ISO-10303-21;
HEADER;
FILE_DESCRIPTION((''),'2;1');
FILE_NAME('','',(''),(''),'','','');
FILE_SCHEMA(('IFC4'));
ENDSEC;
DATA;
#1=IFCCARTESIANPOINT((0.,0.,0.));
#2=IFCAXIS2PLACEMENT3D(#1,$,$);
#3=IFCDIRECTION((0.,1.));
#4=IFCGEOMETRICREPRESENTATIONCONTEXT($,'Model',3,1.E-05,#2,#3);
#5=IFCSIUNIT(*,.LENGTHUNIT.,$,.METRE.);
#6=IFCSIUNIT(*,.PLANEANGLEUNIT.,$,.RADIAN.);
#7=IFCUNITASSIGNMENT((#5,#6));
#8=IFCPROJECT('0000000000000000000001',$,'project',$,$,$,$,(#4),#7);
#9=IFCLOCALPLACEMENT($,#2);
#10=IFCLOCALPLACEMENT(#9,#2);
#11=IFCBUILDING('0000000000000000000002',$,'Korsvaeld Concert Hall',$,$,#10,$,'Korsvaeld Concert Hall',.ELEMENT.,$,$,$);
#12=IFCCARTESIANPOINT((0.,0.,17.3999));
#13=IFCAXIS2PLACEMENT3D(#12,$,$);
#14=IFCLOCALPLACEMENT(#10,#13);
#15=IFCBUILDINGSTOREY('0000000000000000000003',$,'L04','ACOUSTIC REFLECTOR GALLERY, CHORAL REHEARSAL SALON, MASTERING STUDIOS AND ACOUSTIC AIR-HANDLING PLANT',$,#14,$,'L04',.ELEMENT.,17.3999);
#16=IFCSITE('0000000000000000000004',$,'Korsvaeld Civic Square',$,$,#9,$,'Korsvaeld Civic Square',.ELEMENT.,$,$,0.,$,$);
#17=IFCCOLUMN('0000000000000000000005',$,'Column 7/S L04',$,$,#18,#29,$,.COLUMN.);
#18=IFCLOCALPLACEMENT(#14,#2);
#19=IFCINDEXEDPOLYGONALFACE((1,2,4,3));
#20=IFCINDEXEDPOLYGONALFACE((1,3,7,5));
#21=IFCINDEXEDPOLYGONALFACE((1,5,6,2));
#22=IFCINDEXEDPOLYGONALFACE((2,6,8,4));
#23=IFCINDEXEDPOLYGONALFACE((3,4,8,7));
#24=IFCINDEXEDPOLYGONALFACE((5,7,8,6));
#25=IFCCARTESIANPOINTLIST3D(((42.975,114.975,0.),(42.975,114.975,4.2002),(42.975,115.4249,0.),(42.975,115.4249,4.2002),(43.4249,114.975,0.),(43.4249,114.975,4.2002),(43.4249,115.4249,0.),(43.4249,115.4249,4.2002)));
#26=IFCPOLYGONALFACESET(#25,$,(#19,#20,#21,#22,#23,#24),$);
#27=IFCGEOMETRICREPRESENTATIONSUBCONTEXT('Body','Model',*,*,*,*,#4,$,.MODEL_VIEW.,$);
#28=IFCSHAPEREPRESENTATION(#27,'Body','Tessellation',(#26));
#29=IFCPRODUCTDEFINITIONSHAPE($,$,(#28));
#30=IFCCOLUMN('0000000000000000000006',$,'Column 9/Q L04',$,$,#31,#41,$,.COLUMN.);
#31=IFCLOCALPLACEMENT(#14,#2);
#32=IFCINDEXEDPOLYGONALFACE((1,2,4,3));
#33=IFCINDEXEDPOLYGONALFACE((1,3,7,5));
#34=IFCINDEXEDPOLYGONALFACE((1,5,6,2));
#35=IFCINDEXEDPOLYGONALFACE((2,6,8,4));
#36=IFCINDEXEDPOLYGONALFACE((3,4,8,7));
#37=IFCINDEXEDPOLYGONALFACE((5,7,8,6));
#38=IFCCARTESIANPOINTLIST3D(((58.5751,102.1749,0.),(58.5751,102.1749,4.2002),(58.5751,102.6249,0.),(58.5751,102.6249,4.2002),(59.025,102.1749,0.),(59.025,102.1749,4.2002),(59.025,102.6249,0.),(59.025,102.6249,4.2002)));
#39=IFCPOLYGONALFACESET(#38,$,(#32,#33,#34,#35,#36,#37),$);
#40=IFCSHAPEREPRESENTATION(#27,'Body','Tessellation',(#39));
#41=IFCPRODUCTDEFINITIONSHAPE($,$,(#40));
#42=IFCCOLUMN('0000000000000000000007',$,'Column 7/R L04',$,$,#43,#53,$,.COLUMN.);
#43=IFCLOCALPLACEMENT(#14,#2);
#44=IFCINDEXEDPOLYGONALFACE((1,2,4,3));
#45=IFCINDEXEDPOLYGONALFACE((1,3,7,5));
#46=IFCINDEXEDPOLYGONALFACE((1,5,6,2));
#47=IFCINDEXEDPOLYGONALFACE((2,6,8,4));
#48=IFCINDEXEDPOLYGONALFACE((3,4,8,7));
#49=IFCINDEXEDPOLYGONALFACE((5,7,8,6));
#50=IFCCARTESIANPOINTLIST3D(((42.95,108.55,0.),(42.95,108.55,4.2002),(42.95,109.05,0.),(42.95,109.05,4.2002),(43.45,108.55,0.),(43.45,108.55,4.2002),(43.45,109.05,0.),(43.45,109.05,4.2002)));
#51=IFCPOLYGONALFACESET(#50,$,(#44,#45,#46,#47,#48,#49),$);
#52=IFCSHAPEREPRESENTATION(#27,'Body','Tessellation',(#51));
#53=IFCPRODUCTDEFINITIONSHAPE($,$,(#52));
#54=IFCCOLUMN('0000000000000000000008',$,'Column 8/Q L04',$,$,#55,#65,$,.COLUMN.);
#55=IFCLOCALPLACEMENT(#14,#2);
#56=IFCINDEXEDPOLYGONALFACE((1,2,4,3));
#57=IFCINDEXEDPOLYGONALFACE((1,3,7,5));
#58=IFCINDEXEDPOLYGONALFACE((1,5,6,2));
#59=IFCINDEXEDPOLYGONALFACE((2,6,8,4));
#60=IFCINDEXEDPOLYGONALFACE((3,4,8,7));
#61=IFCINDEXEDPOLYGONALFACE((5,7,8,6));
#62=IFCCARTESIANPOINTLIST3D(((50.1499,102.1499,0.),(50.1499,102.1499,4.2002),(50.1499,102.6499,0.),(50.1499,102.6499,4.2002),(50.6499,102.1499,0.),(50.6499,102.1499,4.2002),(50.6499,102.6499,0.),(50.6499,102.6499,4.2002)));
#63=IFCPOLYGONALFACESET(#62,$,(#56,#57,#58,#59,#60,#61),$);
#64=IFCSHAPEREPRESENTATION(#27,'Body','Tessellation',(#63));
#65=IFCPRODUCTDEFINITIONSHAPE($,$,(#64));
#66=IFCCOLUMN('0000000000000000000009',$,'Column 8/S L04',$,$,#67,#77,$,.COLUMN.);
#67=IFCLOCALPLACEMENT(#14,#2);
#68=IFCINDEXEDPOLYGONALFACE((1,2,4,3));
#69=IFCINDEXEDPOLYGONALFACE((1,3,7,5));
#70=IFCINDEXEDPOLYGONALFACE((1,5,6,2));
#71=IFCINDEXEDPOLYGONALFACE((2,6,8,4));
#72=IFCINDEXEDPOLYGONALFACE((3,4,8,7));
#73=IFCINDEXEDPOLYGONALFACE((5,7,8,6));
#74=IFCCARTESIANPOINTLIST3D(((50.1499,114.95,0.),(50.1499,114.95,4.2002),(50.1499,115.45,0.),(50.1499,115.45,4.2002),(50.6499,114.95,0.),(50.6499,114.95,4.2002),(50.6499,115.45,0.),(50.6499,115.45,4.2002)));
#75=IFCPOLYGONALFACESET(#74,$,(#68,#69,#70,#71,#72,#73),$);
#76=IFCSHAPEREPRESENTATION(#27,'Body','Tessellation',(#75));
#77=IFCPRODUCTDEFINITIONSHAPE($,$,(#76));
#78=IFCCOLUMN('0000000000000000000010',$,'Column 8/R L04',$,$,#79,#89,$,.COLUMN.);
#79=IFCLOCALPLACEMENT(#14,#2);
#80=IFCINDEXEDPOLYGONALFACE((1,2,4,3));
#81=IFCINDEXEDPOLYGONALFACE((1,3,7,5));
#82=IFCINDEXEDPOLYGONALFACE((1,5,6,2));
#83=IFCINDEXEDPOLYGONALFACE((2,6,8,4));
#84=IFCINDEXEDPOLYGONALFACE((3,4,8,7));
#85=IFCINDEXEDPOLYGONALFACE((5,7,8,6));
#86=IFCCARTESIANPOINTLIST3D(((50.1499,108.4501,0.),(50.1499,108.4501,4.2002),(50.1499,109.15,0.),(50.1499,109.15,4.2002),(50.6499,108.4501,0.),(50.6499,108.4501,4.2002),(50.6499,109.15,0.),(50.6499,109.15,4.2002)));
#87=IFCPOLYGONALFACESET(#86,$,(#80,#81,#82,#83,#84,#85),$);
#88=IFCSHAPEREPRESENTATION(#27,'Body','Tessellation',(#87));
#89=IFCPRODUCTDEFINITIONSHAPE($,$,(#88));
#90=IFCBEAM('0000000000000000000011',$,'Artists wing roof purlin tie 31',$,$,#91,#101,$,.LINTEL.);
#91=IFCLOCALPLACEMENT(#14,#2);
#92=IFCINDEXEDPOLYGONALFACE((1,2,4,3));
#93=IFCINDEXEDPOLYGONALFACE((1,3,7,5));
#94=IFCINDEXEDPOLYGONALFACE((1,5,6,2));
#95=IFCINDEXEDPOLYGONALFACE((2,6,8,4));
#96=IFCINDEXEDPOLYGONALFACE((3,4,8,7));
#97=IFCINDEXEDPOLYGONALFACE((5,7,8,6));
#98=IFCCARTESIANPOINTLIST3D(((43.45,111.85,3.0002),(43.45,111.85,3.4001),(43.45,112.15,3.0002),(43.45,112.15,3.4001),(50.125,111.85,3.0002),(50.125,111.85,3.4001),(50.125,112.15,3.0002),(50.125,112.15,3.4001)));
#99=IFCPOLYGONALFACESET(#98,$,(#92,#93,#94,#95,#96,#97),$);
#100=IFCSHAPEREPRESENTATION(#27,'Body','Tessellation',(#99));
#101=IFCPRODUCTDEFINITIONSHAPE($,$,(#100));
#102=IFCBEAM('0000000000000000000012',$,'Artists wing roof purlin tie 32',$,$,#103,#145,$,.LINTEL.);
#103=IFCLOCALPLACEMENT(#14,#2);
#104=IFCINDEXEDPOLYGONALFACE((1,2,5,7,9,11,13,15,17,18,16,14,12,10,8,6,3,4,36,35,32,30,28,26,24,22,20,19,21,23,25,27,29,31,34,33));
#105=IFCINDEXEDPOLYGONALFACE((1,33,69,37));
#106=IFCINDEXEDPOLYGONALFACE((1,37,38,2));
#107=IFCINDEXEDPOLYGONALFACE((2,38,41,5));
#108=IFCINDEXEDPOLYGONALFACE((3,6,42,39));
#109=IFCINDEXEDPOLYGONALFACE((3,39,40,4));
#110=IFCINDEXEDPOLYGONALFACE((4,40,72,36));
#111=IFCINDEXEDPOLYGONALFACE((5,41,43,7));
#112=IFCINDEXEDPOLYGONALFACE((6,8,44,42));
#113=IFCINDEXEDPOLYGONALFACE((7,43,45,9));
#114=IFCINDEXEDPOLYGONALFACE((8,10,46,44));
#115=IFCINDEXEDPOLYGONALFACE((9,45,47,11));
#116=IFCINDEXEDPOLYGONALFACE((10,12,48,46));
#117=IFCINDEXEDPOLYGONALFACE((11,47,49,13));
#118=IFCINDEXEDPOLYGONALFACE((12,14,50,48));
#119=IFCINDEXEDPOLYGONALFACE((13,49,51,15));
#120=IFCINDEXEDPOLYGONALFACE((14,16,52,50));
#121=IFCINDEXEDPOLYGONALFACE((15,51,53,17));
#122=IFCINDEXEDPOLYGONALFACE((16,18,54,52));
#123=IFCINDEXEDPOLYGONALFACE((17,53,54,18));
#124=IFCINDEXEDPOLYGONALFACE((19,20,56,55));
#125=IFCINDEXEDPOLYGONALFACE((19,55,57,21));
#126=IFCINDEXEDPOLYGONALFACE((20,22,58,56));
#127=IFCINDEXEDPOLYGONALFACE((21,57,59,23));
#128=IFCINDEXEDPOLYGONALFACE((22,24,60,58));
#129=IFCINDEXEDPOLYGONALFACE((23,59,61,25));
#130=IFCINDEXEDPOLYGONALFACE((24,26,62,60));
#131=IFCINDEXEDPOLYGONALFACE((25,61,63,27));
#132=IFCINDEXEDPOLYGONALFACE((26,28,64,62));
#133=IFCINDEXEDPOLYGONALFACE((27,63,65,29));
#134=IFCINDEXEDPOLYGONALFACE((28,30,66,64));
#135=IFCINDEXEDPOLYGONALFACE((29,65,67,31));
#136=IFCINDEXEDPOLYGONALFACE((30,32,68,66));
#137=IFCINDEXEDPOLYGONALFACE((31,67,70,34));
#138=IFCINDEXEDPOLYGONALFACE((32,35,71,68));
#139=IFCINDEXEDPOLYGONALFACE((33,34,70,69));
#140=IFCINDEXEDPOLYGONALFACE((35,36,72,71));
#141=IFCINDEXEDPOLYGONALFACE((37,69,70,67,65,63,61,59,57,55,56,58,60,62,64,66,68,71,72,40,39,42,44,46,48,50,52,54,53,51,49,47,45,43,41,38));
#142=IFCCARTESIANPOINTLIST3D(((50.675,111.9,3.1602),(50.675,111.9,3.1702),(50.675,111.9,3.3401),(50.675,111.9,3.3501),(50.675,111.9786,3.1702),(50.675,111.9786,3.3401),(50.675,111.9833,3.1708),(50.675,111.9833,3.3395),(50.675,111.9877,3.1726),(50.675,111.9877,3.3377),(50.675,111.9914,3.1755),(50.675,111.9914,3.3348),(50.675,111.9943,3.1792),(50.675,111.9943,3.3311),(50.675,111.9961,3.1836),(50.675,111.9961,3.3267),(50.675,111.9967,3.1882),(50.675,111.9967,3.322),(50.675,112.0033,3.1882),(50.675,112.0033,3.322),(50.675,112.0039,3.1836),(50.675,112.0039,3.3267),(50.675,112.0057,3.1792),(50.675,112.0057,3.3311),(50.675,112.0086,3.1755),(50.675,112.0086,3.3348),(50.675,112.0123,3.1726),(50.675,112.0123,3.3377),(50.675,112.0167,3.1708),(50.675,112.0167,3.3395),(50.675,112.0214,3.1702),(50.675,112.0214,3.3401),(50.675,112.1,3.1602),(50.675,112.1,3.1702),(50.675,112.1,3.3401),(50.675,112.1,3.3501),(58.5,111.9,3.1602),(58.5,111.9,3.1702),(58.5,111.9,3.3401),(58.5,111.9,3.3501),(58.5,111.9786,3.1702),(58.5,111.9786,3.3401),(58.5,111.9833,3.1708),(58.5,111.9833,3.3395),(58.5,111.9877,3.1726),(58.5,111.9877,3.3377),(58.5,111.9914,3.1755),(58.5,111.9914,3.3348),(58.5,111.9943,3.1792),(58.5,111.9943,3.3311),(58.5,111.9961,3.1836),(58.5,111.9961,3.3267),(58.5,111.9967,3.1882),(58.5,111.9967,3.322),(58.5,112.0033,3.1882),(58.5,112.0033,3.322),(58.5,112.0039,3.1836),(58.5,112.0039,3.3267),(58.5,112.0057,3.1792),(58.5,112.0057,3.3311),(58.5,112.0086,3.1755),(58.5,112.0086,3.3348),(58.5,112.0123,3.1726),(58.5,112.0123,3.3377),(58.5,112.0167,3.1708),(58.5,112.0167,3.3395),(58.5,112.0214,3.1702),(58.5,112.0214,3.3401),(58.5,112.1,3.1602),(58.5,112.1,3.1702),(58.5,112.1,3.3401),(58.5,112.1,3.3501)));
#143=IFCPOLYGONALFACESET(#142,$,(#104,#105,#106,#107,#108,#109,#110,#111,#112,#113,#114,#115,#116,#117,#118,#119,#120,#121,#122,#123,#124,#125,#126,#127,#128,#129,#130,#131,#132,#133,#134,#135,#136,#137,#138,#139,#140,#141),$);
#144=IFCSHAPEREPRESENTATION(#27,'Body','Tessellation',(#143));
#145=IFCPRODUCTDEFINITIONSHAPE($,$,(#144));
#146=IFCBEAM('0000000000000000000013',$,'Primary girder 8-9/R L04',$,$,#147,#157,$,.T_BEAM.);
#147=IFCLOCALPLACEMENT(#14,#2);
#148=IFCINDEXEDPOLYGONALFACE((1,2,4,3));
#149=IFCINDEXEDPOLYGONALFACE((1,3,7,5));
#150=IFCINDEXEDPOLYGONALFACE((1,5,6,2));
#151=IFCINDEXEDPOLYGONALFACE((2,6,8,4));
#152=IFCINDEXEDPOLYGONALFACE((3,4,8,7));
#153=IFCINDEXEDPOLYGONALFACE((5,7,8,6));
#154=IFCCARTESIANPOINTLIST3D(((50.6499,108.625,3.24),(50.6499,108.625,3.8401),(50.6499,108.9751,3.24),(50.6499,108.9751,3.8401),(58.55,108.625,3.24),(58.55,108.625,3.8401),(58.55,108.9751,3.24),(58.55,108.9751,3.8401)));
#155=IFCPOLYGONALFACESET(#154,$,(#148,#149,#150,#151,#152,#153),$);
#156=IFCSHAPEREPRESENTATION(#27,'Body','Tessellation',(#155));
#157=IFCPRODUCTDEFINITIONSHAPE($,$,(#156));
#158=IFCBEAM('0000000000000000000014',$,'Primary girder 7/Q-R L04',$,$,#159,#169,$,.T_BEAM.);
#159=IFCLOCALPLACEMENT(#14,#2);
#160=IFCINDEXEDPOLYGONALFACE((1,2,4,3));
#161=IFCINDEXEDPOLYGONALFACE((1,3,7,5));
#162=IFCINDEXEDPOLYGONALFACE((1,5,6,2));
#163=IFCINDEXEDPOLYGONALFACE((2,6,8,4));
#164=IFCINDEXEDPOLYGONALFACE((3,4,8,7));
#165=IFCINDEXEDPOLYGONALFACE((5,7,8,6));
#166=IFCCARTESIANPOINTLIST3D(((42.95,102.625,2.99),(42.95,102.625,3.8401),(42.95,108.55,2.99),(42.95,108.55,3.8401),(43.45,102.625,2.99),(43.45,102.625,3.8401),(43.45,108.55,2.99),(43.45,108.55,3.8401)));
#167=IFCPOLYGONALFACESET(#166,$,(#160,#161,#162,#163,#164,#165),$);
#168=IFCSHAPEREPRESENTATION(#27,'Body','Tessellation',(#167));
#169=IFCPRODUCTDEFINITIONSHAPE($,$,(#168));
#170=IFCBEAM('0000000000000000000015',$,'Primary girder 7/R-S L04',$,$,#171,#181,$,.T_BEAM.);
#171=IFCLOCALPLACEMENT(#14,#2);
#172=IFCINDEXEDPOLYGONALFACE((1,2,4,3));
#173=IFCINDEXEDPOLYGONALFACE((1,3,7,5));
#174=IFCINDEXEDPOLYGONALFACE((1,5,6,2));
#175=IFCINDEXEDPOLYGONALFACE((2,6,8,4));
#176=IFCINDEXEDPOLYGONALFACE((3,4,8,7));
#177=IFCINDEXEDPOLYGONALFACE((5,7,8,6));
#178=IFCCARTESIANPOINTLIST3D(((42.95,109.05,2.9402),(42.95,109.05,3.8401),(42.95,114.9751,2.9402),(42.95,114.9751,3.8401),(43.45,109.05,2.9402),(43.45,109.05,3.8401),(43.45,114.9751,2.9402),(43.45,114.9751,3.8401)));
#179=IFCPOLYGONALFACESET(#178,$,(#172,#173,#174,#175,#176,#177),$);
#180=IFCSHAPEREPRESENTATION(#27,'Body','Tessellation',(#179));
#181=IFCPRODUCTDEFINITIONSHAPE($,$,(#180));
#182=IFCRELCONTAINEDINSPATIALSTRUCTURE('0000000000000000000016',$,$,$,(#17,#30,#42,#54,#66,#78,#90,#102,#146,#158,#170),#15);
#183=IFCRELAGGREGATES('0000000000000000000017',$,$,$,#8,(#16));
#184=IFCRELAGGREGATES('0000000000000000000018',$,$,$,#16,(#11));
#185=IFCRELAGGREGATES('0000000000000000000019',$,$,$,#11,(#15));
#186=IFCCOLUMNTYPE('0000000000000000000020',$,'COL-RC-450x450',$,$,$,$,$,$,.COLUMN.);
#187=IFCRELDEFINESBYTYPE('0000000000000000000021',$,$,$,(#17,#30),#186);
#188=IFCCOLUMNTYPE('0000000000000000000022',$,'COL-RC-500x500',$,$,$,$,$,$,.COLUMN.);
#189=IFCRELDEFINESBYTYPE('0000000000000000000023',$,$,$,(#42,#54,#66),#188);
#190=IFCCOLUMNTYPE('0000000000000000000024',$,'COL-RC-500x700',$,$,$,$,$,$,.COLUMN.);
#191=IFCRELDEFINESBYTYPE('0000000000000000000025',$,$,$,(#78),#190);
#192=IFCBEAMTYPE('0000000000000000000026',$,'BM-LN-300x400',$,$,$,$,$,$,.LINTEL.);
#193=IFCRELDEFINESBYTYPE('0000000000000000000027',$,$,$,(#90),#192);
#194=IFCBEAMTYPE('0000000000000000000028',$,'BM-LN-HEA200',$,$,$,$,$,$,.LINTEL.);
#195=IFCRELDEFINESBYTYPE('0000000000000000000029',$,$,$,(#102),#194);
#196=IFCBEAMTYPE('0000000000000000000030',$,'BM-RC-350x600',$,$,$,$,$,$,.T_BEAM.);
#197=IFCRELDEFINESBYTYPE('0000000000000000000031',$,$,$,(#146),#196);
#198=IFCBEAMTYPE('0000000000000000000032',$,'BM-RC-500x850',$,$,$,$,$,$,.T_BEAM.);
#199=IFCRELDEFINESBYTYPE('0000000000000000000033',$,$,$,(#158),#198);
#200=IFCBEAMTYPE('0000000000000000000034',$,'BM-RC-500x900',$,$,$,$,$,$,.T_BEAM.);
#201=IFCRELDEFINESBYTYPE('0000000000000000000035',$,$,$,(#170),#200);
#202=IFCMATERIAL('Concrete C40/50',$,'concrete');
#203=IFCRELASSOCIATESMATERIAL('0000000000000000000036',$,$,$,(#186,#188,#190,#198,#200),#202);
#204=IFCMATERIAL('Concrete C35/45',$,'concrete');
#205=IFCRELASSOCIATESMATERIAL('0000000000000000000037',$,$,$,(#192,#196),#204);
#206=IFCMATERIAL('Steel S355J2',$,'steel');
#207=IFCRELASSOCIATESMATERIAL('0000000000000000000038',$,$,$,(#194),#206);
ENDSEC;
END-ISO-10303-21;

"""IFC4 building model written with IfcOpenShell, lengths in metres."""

from ifc_helpers import new_model, si_unit, direction, frame, origin, origin_2d, place, context, subcontext, project, spatial, rectangle, i_section, extrude, material, material_profile, profile_set, type_object, element, save


model = new_model("IFC4")

# Units and contexts
model_context = context("Model", 3, precision=1e-05, world=origin(), true_north=direction((0.0, 1.0)))
body_context = subcontext(model_context, "Body", "Model", "MODEL_VIEW")
ifc_project = project(units=[si_unit("LENGTHUNIT", "METRE"), si_unit("PLANEANGLEUNIT", "RADIAN")], contexts=[model_context])

# Site, building, storey
site_placement = place(None, origin())
site = spatial("IfcSite", under=ifc_project, at=site_placement, Name="Korsvaeld Civic Square", LongName="Korsvaeld Civic Square", CompositionType="ELEMENT", RefElevation=0.0)
building_placement = place(site_placement, origin())
building = spatial("IfcBuilding", under=site, at=building_placement, Name="Korsvaeld Concert Hall", LongName="Korsvaeld Concert Hall", CompositionType="ELEMENT")
storey_placement = place(building_placement, frame((0.0, 0.0, 17.3999)))
storey = spatial("IfcBuildingStorey", under=building, at=storey_placement, Name="L04", Description="ACOUSTIC REFLECTOR GALLERY, CHORAL REHEARSAL SALON, MASTERING STUDIOS AND ACOUSTIC AIR-HANDLING PLANT", LongName="L04", CompositionType="ELEMENT", Elevation=17.3999)

# Columns
ifc_material_1 = material(Name="Concrete C40/50", Category="concrete")
ifc_material_profile_1 = material_profile(ifc_material_1, rectangle(XDim=0.45, YDim=0.45, at=origin_2d()), Name="RC 450x450")
ifc_profile_set_1 = profile_set([ifc_material_profile_1], Name="Concrete C40/50")
column_type_1 = type_object("IfcColumnType", Name="COL-RC-450x450", PredefinedType="COLUMN", material=ifc_profile_set_1)
for number, where, z_axis, x_axis, name in (
    (1, (43.2, 115.2, 0.0), (0.0, 0.0, 1.0), (1.0, 0.0, 0.0), "Column 7/S L04"),
    (2, (58.8, 102.3999, 0.0), (0.0, 0.0, 1.0), (1.0, 0.0, 0.0), "Column 9/Q L04"),
):
    element("IfcColumn", number, at=place(storey_placement, frame(where, z_axis=z_axis, x_axis=x_axis)), inside=storey, type_object=column_type_1, Name=name, PredefinedType="COLUMN", context=body_context, shape_type="SweptSolid", body=[
        extrude(rectangle(XDim=0.45, YDim=0.45, at=origin_2d()), origin(), (0.0, 0.0, 1.0), 4.2002),
    ])
ifc_material_profile_2 = material_profile(ifc_material_1, rectangle(XDim=0.5, YDim=0.5, at=origin_2d()), Name="RC 500x500")
ifc_profile_set_2 = profile_set([ifc_material_profile_2], Name="Concrete C40/50")
column_type_2 = type_object("IfcColumnType", Name="COL-RC-500x500", PredefinedType="COLUMN", material=ifc_profile_set_2)
for number, where, z_axis, x_axis, name in (
    (3, (43.2, 108.8, 0.0), (0.0, 0.0, 1.0), (1.0, 0.0, 0.0), "Column 7/R L04"),
    (4, (50.3999, 102.3999, 0.0), (0.0, 0.0, 1.0), (1.0, 0.0, 0.0), "Column 8/Q L04"),
    (5, (50.3999, 115.2, 0.0), (0.0, 0.0, 1.0), (1.0, 0.0, 0.0), "Column 8/S L04"),
):
    element("IfcColumn", number, at=place(storey_placement, frame(where, z_axis=z_axis, x_axis=x_axis)), inside=storey, type_object=column_type_2, Name=name, PredefinedType="COLUMN", context=body_context, shape_type="SweptSolid", body=[
        extrude(rectangle(XDim=0.5, YDim=0.5, at=origin_2d()), origin(), (0.0, 0.0, 1.0), 4.2002),
    ])
ifc_material_profile_3 = material_profile(ifc_material_1, rectangle(XDim=0.5, YDim=0.7, at=origin_2d()), Name="RC 500x700")
ifc_profile_set_3 = profile_set([ifc_material_profile_3], Name="Concrete C40/50")
column_type_3 = type_object("IfcColumnType", Name="COL-RC-500x700", PredefinedType="COLUMN", material=ifc_profile_set_3)
column_placement = place(storey_placement, frame((50.3999, 108.8, 0.0), z_axis=(0.0, 0.0, 1.0), x_axis=(1.0, 0.0, 0.0)))
element("IfcColumn", 6, at=column_placement, inside=storey, type_object=column_type_3, Name="Column 8/R L04", PredefinedType="COLUMN", context=body_context, shape_type="SweptSolid", body=[
    extrude(rectangle(XDim=0.5, YDim=0.7, at=origin_2d()), origin(), (0.0, 0.0, 1.0), 4.2002),
])

# Beams
ifc_material_2 = material(Name="Concrete C35/45", Category="concrete")
ifc_material_profile_4 = material_profile(ifc_material_2, rectangle(XDim=0.3, YDim=0.3999, at=origin_2d()), Name="RC 300x400")
ifc_profile_set_4 = profile_set([ifc_material_profile_4], Name="Concrete C35/45")
beam_type_1 = type_object("IfcBeamType", Name="BM-LN-300x400", PredefinedType="LINTEL", material=ifc_profile_set_4)
beam_1_placement = place(storey_placement, frame((43.45, 112.0, 3.2002), z_axis=(1.0, 0.0, 0.0), x_axis=(0.0, 1.0, 0.0)))
element("IfcBeam", 7, at=beam_1_placement, inside=storey, type_object=beam_type_1, Name="Artists wing roof purlin tie 31", PredefinedType="LINTEL", context=body_context, shape_type="SweptSolid", body=[
    extrude(rectangle(XDim=0.3, YDim=0.3999, at=origin_2d()), origin(), (0.0, 0.0, 1.0), 6.675),
])
ifc_material_3 = material(Name="Steel S355J2", Category="steel")
ifc_material_profile_5 = material_profile(ifc_material_3, i_section(OverallWidth=0.2, OverallDepth=0.1899, WebThickness=0.0066, FlangeThickness=0.01, FilletRadius=0.0181, at=origin_2d()), Name="HEA 200")
ifc_profile_set_5 = profile_set([ifc_material_profile_5], Name="Steel S355J2")
beam_type_2 = type_object("IfcBeamType", Name="BM-LN-HEA200", PredefinedType="LINTEL", material=ifc_profile_set_5)
beam_2_placement = place(storey_placement, frame((50.675, 112.0, 3.2551), z_axis=(1.0, 0.0, 0.0), x_axis=(0.0, 1.0, 0.0)))
element("IfcBeam", 8, at=beam_2_placement, inside=storey, type_object=beam_type_2, Name="Artists wing roof purlin tie 32", PredefinedType="LINTEL", context=body_context, shape_type="SweptSolid", body=[
    extrude(i_section(OverallWidth=0.2, OverallDepth=0.1899, WebThickness=0.0066, FlangeThickness=0.01, FilletRadius=0.0181, at=origin_2d()), origin(), (0.0, 0.0, 1.0), 7.825),
])
ifc_material_profile_6 = material_profile(ifc_material_2, rectangle(XDim=0.3501, YDim=0.6001, at=origin_2d()), Name="RC 350x600")
ifc_profile_set_6 = profile_set([ifc_material_profile_6], Name="Concrete C35/45")
beam_type_3 = type_object("IfcBeamType", Name="BM-RC-350x600", PredefinedType="T_BEAM", material=ifc_profile_set_6)
beam_3_placement = place(storey_placement, frame((50.6499, 108.8, 3.54), z_axis=(1.0, 0.0, 0.0), x_axis=(0.0, 1.0, 0.0)))
element("IfcBeam", 9, at=beam_3_placement, inside=storey, type_object=beam_type_3, Name="Primary girder 8-9/R L04", PredefinedType="T_BEAM", context=body_context, shape_type="SweptSolid", body=[
    extrude(rectangle(XDim=0.3501, YDim=0.6001, at=origin_2d()), origin(), (0.0, 0.0, 1.0), 7.9001),
])
ifc_material_profile_7 = material_profile(ifc_material_1, rectangle(XDim=0.5, YDim=0.8501, at=origin_2d()), Name="RC 500x850")
ifc_profile_set_7 = profile_set([ifc_material_profile_7], Name="Concrete C40/50")
beam_type_4 = type_object("IfcBeamType", Name="BM-RC-500x850", PredefinedType="T_BEAM", material=ifc_profile_set_7)
beam_4_placement = place(storey_placement, frame((43.2, 102.625, 3.415), z_axis=(0.0, 1.0, 0.0), x_axis=(-1.0, 0.0, 0.0)))
element("IfcBeam", 10, at=beam_4_placement, inside=storey, type_object=beam_type_4, Name="Primary girder 7/Q-R L04", PredefinedType="T_BEAM", context=body_context, shape_type="SweptSolid", body=[
    extrude(rectangle(XDim=0.5, YDim=0.8501, at=origin_2d()), origin(), (0.0, 0.0, 1.0), 5.925),
])
ifc_material_profile_8 = material_profile(ifc_material_1, rectangle(XDim=0.5, YDim=0.8999, at=origin_2d()), Name="RC 500x900")
ifc_profile_set_8 = profile_set([ifc_material_profile_8], Name="Concrete C40/50")
beam_type_5 = type_object("IfcBeamType", Name="BM-RC-500x900", PredefinedType="T_BEAM", material=ifc_profile_set_8)
beam_5_placement = place(storey_placement, frame((43.2, 109.05, 3.3901), z_axis=(0.0, 1.0, 0.0), x_axis=(-1.0, 0.0, 0.0)))
element("IfcBeam", 11, at=beam_5_placement, inside=storey, type_object=beam_type_5, Name="Primary girder 7/R-S L04", PredefinedType="T_BEAM", context=body_context, shape_type="SweptSolid", body=[
    extrude(rectangle(XDim=0.5, YDim=0.8999, at=origin_2d()), origin(), (0.0, 0.0, 1.0), 5.925),
])

save(model, "model.ifc")
